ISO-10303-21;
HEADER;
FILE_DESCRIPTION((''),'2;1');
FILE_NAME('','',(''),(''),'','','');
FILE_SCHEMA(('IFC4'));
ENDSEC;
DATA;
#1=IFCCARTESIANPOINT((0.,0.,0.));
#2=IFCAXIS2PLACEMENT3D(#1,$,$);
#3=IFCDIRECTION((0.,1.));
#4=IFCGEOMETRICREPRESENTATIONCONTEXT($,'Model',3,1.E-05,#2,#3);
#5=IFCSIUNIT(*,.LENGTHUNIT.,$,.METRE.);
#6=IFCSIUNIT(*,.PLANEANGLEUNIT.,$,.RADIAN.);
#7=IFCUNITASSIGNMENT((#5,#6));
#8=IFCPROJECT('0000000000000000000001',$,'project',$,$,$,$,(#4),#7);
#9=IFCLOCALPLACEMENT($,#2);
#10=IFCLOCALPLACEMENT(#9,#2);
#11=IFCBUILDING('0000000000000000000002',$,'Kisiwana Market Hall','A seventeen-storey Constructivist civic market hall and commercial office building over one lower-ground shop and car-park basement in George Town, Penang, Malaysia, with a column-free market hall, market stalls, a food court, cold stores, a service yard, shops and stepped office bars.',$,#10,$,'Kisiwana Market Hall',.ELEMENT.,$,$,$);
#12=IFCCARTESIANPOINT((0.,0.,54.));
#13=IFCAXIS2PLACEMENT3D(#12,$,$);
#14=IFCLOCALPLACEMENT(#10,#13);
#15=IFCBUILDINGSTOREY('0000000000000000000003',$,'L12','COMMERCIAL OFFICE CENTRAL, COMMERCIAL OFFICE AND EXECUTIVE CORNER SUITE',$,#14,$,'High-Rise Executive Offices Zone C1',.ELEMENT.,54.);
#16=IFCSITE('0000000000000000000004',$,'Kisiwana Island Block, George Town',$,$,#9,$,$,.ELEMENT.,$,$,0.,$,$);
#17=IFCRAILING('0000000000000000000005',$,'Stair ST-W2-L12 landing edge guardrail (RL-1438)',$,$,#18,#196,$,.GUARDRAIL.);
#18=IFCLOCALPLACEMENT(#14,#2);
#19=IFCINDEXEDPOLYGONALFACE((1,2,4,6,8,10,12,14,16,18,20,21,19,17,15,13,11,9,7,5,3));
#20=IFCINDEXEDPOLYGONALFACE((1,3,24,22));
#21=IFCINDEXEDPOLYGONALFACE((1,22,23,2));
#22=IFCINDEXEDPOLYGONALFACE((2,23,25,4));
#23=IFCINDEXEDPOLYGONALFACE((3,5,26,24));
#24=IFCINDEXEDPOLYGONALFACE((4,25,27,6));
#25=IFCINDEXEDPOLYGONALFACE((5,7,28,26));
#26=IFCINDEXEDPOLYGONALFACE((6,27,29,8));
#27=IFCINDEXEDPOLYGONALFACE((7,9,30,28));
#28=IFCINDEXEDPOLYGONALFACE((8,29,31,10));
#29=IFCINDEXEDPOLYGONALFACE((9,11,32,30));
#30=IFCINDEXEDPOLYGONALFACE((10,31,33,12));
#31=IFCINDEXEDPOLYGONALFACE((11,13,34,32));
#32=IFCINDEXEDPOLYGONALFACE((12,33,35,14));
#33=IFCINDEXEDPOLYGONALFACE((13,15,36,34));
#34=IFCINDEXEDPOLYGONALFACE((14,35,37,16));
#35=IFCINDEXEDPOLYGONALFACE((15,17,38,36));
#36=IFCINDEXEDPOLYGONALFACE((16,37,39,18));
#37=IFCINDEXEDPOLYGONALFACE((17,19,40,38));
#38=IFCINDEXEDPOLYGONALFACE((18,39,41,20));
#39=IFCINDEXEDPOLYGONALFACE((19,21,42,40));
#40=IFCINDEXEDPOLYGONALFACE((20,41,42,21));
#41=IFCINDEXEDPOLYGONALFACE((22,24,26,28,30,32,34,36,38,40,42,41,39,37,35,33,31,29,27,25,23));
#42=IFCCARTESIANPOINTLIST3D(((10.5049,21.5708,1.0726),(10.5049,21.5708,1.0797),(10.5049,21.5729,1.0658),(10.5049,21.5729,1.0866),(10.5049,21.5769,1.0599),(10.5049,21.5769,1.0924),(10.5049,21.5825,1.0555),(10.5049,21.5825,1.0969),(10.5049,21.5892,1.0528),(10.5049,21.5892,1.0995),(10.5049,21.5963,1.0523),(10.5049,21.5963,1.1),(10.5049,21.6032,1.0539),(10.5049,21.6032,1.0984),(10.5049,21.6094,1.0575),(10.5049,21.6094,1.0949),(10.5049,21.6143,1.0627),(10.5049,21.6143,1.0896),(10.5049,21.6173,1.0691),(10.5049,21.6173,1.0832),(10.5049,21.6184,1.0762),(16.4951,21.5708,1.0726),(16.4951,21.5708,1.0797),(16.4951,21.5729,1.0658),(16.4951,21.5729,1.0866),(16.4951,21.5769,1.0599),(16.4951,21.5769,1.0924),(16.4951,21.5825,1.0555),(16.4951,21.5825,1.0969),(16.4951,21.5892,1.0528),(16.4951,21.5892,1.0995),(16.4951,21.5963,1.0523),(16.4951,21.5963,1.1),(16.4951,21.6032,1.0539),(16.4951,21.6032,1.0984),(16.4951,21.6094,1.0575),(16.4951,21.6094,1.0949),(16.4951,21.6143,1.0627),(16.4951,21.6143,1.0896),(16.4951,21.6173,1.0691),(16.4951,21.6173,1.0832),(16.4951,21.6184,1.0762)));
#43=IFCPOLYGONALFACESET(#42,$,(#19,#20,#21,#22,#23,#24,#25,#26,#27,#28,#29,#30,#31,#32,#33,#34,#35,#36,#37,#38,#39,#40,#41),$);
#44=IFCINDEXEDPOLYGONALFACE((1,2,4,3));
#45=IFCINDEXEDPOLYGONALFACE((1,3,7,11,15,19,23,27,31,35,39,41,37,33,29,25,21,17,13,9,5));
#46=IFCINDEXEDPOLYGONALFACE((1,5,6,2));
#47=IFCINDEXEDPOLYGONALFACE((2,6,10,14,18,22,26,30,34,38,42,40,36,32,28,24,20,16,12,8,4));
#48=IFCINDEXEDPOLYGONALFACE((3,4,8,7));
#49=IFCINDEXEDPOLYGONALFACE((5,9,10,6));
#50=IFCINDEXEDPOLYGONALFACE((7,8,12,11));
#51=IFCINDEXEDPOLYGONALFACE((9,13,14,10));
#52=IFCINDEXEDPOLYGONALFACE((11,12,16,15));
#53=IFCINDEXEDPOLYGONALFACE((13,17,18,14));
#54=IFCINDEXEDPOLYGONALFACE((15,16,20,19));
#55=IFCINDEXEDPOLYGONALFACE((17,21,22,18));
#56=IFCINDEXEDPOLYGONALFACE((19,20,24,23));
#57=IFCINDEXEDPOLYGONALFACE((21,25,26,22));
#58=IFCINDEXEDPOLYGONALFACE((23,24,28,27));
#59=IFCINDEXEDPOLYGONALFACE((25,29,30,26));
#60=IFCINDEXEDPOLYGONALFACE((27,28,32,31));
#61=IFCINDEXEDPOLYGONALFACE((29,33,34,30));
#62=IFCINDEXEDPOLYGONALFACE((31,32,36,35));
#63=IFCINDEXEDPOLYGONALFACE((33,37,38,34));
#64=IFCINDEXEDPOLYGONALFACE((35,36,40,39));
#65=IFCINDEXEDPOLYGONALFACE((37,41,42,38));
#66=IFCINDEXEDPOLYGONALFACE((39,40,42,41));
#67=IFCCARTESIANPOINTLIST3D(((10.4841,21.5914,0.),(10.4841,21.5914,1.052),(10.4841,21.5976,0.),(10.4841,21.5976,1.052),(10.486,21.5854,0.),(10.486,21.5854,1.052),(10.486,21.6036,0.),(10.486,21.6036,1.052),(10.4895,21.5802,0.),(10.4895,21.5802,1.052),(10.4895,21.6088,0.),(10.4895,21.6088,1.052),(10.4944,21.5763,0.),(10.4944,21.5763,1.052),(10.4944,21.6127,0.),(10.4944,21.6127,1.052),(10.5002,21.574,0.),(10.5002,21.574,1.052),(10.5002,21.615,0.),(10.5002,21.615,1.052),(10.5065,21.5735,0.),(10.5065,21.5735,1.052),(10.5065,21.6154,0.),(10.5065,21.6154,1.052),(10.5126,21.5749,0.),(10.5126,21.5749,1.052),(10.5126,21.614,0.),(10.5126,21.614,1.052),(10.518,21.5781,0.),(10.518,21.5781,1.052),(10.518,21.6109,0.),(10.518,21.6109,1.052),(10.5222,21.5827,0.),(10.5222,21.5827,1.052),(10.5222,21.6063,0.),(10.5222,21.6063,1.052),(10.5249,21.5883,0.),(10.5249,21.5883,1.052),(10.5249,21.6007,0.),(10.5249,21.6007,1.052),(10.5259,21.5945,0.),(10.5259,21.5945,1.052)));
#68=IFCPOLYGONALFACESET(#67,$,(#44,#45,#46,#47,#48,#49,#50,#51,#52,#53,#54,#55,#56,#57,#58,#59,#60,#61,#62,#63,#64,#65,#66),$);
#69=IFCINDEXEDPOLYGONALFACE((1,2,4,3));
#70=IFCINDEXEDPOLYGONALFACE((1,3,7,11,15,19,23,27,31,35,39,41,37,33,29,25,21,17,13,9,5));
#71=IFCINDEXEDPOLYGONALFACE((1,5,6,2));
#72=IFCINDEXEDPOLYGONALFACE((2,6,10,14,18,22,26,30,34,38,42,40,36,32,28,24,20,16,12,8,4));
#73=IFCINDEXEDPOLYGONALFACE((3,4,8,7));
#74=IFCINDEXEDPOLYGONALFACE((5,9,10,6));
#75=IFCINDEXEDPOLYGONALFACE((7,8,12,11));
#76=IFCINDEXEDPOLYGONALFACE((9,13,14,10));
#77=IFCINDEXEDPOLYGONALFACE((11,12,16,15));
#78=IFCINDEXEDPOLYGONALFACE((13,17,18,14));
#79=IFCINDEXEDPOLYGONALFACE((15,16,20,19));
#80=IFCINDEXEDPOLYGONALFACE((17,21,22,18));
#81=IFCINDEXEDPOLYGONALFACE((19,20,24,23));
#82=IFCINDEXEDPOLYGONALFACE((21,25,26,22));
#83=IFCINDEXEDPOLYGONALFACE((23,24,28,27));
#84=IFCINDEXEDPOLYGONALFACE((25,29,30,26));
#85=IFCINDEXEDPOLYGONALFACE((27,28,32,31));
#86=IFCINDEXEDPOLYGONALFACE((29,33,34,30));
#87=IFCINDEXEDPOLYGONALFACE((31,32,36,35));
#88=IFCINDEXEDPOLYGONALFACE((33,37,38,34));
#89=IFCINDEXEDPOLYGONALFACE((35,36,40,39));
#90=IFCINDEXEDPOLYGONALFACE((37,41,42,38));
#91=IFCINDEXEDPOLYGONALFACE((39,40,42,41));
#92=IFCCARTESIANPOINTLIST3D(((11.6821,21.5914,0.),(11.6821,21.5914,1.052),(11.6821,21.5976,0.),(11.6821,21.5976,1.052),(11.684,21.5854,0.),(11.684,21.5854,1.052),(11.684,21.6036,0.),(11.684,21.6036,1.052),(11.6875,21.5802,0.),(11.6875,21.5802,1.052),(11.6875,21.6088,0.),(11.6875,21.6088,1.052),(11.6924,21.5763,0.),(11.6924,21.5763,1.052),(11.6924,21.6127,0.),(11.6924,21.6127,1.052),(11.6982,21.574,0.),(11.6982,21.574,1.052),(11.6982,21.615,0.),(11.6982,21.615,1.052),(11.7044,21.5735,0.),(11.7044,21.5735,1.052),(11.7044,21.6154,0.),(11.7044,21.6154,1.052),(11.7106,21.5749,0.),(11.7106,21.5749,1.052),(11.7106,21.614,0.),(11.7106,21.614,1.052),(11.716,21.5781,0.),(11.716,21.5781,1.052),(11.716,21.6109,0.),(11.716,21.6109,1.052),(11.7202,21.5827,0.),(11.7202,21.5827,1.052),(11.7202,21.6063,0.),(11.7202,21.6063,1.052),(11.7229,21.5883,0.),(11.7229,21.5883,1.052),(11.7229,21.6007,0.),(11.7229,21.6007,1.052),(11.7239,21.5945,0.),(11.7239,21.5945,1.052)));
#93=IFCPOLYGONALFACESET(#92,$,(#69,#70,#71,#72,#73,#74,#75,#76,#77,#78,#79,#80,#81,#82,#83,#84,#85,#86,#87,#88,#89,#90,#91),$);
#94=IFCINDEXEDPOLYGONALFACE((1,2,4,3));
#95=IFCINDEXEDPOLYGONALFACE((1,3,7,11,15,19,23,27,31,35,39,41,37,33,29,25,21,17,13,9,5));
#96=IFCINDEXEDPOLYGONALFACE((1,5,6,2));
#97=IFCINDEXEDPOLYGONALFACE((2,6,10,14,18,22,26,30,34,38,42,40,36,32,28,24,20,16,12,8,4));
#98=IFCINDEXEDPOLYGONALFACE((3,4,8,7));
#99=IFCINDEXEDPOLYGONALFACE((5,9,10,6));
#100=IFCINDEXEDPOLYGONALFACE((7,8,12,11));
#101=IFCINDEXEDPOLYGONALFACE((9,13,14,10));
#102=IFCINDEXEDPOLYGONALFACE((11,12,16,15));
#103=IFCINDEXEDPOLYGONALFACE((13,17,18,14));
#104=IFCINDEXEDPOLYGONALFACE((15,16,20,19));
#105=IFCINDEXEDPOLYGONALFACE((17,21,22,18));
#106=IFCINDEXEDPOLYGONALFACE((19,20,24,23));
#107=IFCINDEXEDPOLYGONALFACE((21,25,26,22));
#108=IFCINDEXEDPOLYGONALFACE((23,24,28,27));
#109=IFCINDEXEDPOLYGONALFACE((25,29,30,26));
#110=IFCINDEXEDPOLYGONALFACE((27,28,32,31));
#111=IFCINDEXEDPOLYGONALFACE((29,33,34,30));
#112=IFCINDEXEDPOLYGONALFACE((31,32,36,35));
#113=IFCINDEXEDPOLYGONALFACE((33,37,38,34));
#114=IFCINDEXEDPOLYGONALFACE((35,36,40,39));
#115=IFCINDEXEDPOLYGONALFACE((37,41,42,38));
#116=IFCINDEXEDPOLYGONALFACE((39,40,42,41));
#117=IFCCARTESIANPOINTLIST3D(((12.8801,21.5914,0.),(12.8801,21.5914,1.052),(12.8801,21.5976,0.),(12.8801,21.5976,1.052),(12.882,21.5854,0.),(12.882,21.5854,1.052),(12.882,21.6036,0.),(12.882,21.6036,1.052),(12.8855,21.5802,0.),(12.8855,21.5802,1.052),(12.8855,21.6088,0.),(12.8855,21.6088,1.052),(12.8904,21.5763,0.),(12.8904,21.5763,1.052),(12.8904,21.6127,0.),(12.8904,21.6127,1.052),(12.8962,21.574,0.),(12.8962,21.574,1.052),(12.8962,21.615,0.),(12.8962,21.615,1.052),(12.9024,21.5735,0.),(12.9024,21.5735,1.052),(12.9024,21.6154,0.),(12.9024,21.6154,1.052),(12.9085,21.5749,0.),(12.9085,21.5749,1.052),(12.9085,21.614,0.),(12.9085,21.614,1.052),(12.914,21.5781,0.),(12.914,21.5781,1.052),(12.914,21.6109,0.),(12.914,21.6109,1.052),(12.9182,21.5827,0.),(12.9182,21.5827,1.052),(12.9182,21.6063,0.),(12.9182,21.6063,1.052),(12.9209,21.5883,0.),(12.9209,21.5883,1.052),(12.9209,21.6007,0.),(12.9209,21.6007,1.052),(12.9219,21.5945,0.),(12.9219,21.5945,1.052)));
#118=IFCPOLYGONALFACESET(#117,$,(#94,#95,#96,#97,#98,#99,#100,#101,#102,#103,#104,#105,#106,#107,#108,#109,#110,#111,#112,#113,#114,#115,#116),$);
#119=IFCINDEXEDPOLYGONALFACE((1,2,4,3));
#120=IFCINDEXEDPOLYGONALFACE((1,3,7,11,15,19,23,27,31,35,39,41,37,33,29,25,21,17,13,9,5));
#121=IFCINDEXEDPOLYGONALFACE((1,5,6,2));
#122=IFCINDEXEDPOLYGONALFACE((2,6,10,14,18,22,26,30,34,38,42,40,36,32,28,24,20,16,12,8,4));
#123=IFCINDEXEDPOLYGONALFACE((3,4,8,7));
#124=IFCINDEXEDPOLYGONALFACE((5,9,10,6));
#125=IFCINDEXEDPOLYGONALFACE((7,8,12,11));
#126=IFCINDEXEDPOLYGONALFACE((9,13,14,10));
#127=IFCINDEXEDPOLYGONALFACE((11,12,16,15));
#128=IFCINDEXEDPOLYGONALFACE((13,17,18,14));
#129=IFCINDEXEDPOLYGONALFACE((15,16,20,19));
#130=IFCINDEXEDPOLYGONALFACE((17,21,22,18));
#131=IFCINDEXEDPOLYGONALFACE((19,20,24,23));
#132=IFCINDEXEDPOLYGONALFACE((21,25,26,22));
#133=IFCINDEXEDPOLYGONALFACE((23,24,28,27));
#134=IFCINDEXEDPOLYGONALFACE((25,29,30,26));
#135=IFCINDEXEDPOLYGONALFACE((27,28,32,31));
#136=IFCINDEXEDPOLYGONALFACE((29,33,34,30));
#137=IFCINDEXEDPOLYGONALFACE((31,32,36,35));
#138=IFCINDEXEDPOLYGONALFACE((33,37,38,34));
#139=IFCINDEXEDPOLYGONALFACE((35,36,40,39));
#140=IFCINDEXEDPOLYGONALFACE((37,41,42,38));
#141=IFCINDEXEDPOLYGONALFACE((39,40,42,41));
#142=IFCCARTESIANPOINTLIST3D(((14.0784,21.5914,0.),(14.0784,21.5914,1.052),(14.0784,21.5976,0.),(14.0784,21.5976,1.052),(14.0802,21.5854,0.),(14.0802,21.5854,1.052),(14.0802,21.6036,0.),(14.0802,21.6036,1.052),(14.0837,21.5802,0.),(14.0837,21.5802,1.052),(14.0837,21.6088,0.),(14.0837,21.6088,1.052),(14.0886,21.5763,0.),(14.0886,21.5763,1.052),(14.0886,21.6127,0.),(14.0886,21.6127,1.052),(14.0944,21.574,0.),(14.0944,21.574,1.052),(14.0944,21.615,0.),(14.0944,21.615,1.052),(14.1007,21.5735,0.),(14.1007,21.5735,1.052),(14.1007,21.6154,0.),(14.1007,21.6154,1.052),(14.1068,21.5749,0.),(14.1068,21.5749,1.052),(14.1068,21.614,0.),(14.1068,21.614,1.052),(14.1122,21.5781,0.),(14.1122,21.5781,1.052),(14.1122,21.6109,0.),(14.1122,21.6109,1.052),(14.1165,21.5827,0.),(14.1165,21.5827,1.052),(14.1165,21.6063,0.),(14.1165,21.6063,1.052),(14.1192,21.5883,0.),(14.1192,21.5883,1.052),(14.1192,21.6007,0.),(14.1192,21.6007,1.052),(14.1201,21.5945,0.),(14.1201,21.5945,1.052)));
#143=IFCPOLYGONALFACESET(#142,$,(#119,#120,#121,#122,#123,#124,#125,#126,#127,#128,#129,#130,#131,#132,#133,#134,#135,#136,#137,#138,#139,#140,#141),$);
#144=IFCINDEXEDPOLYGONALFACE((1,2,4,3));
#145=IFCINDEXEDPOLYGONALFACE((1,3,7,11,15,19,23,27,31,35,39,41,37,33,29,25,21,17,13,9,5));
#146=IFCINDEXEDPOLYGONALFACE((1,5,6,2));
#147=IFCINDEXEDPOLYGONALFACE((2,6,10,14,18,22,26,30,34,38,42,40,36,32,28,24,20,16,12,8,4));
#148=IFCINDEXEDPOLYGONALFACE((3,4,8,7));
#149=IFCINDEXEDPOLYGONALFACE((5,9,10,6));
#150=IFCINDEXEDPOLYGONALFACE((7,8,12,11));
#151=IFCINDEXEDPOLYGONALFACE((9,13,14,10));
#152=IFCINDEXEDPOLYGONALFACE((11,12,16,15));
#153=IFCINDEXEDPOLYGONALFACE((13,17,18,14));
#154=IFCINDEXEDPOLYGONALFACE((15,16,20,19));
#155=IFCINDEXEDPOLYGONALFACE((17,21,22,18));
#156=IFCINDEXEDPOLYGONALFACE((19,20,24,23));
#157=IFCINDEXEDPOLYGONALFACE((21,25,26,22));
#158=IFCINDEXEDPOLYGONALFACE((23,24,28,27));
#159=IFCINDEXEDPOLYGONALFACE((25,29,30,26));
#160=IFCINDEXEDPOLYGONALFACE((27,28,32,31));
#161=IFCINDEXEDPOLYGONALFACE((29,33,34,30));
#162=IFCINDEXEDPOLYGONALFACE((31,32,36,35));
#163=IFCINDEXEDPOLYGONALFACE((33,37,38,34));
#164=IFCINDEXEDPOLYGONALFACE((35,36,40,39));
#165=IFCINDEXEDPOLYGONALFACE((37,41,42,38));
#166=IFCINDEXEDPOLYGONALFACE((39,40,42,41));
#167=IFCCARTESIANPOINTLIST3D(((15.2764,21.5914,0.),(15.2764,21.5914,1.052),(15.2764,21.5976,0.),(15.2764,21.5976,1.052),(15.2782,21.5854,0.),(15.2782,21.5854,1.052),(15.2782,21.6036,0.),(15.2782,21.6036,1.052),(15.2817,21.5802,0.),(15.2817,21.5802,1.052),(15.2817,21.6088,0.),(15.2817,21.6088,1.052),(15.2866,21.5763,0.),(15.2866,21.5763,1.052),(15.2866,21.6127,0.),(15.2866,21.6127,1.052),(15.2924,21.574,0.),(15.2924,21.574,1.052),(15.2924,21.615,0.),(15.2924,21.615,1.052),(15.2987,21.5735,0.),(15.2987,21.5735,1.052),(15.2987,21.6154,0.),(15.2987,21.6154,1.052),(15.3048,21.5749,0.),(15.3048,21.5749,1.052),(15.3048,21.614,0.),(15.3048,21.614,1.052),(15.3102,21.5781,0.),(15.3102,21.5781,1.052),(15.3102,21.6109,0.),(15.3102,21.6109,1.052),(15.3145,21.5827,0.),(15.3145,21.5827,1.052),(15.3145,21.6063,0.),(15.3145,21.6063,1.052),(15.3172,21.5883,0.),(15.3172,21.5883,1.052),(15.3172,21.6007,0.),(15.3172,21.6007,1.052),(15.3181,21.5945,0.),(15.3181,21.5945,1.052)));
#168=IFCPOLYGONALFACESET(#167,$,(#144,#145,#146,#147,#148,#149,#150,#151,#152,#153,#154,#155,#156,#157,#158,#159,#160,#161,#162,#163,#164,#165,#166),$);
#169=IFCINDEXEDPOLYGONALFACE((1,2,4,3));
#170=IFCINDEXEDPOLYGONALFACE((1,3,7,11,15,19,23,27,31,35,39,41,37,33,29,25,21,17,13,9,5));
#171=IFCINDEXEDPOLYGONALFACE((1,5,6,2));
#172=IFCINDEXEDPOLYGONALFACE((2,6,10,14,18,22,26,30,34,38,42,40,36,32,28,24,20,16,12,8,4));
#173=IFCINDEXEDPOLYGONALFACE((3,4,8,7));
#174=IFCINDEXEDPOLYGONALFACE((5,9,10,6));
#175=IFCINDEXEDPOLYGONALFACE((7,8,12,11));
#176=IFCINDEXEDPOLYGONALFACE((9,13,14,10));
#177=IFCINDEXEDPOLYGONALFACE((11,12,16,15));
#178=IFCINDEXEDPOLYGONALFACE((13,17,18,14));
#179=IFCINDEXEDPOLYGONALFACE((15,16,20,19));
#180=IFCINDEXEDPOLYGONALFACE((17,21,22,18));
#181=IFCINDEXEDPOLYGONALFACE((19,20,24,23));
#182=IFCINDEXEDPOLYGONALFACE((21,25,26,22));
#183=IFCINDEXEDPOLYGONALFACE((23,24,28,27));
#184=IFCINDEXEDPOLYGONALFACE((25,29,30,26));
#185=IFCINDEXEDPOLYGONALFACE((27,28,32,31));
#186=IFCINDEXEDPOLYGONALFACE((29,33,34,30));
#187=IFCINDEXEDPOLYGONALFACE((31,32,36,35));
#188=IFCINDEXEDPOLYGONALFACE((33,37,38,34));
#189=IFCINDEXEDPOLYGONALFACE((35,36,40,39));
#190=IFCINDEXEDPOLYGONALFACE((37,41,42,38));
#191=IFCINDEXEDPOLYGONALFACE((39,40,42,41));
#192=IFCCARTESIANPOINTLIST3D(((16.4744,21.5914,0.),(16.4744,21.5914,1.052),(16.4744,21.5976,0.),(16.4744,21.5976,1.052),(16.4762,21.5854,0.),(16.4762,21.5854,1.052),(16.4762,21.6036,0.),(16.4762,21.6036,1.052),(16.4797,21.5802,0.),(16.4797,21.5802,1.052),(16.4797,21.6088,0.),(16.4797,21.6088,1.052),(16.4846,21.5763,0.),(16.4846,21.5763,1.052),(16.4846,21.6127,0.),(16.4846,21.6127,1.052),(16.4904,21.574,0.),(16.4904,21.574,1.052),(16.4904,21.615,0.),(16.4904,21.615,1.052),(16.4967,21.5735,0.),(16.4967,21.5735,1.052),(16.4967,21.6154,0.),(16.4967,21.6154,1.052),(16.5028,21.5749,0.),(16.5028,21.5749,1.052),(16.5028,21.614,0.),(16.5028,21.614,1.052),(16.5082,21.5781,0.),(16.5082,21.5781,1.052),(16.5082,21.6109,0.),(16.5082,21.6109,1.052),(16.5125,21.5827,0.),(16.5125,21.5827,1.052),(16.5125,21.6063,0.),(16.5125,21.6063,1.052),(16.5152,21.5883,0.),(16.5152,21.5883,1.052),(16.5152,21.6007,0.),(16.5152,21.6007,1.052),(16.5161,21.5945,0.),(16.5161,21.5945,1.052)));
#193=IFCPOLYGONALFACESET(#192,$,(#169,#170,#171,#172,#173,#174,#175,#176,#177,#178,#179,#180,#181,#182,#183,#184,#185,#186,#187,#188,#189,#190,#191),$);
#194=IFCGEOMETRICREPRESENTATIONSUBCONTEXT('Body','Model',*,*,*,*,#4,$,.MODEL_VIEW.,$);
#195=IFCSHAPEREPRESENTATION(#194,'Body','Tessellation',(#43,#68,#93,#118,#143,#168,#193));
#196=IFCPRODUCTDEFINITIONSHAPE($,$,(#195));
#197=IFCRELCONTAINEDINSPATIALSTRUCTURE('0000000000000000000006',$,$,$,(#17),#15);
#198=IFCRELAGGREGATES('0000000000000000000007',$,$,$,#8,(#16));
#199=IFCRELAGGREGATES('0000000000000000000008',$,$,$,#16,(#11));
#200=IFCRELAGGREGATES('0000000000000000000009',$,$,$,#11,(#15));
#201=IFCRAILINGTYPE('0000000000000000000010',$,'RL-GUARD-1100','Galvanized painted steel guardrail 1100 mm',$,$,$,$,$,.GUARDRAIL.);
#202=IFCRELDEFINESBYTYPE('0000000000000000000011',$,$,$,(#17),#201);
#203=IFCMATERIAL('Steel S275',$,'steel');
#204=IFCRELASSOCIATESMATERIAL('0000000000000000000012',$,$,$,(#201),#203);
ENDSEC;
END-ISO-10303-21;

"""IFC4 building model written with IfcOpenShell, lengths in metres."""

from ifc_helpers import new_model, si_unit, direction, frame, origin, origin_2d, place, context, subcontext, project, spatial, circle, extrude, material, type_object, element, save


model = new_model("IFC4")

# Units and contexts
model_context = context("Model", 3, precision=1e-05, world=origin(), true_north=direction((0.0, 1.0)))
body_context = subcontext(model_context, "Body", "Model", "MODEL_VIEW")
ifc_project = project(units=[si_unit("LENGTHUNIT", "METRE"), si_unit("PLANEANGLEUNIT", "RADIAN")], contexts=[model_context])

# Site, building, storey
site_placement = place(None, origin())
site = spatial("IfcSite", under=ifc_project, at=site_placement, Name="Kisiwana Island Block, George Town", CompositionType="ELEMENT", RefElevation=0.0)
building_placement = place(site_placement, origin())
building = spatial("IfcBuilding", under=site, at=building_placement, Name="Kisiwana Market Hall", Description="A seventeen-storey Constructivist civic market hall and commercial office building over one lower-ground shop and car-park basement in George Town, Penang, Malaysia, with a column-free market hall, market stalls, a food court, cold stores, a service yard, shops and stepped office bars.", LongName="Kisiwana Market Hall", CompositionType="ELEMENT")
storey_placement = place(building_placement, frame((0.0, 0.0, 54.0)))
storey = spatial("IfcBuildingStorey", under=building, at=storey_placement, Name="L12", Description="COMMERCIAL OFFICE CENTRAL, COMMERCIAL OFFICE AND EXECUTIVE CORNER SUITE", LongName="High-Rise Executive Offices Zone C1", CompositionType="ELEMENT", Elevation=54.0)

# Railing
ifc_material_1 = material(Name="Steel S275", Category="steel")
railing_type_1 = type_object("IfcRailingType", Name="RL-GUARD-1100", Description="Galvanized painted steel guardrail 1100 mm", PredefinedType="GUARDRAIL", material=ifc_material_1)
railing_1_placement = place(storey_placement, frame((10.5049, 21.5945, 0.0)))
element("IfcRailing", 1, at=railing_1_placement, inside=storey, type_object=railing_type_1, Name="Stair ST-W2-L12 landing edge guardrail (RL-1438)", PredefinedType="GUARDRAIL", context=body_context, shape_type="SweptSolid", body=[
    extrude(circle(Radius=0.0239, at=origin_2d()), frame((0.0, 0.0, 1.0762), z_axis=(1.0, 0.0, 0.0), x_axis=(0.0, 1.0, 0.0)), (0.0, 0.0, 1.0), 5.9902),
    extrude(circle(Radius=0.021, at=origin_2d()), origin(), (0.0, 0.0, 1.0), 1.052),
    extrude(circle(Radius=0.021, at=origin_2d()), frame((1.198, 0.0, 0.0)), (0.0, 0.0, 1.0), 1.052),
    extrude(circle(Radius=0.021, at=origin_2d()), frame((2.396, 0.0, 0.0)), (0.0, 0.0, 1.0), 1.052),
    extrude(circle(Radius=0.021, at=origin_2d()), frame((3.5942, 0.0, 0.0)), (0.0, 0.0, 1.0), 1.052),
    extrude(circle(Radius=0.021, at=origin_2d()), frame((4.7922, 0.0, 0.0)), (0.0, 0.0, 1.0), 1.052),
    extrude(circle(Radius=0.021, at=origin_2d()), frame((5.9902, 0.0, 0.0)), (0.0, 0.0, 1.0), 1.052),
])

save(model, "model.ifc")
